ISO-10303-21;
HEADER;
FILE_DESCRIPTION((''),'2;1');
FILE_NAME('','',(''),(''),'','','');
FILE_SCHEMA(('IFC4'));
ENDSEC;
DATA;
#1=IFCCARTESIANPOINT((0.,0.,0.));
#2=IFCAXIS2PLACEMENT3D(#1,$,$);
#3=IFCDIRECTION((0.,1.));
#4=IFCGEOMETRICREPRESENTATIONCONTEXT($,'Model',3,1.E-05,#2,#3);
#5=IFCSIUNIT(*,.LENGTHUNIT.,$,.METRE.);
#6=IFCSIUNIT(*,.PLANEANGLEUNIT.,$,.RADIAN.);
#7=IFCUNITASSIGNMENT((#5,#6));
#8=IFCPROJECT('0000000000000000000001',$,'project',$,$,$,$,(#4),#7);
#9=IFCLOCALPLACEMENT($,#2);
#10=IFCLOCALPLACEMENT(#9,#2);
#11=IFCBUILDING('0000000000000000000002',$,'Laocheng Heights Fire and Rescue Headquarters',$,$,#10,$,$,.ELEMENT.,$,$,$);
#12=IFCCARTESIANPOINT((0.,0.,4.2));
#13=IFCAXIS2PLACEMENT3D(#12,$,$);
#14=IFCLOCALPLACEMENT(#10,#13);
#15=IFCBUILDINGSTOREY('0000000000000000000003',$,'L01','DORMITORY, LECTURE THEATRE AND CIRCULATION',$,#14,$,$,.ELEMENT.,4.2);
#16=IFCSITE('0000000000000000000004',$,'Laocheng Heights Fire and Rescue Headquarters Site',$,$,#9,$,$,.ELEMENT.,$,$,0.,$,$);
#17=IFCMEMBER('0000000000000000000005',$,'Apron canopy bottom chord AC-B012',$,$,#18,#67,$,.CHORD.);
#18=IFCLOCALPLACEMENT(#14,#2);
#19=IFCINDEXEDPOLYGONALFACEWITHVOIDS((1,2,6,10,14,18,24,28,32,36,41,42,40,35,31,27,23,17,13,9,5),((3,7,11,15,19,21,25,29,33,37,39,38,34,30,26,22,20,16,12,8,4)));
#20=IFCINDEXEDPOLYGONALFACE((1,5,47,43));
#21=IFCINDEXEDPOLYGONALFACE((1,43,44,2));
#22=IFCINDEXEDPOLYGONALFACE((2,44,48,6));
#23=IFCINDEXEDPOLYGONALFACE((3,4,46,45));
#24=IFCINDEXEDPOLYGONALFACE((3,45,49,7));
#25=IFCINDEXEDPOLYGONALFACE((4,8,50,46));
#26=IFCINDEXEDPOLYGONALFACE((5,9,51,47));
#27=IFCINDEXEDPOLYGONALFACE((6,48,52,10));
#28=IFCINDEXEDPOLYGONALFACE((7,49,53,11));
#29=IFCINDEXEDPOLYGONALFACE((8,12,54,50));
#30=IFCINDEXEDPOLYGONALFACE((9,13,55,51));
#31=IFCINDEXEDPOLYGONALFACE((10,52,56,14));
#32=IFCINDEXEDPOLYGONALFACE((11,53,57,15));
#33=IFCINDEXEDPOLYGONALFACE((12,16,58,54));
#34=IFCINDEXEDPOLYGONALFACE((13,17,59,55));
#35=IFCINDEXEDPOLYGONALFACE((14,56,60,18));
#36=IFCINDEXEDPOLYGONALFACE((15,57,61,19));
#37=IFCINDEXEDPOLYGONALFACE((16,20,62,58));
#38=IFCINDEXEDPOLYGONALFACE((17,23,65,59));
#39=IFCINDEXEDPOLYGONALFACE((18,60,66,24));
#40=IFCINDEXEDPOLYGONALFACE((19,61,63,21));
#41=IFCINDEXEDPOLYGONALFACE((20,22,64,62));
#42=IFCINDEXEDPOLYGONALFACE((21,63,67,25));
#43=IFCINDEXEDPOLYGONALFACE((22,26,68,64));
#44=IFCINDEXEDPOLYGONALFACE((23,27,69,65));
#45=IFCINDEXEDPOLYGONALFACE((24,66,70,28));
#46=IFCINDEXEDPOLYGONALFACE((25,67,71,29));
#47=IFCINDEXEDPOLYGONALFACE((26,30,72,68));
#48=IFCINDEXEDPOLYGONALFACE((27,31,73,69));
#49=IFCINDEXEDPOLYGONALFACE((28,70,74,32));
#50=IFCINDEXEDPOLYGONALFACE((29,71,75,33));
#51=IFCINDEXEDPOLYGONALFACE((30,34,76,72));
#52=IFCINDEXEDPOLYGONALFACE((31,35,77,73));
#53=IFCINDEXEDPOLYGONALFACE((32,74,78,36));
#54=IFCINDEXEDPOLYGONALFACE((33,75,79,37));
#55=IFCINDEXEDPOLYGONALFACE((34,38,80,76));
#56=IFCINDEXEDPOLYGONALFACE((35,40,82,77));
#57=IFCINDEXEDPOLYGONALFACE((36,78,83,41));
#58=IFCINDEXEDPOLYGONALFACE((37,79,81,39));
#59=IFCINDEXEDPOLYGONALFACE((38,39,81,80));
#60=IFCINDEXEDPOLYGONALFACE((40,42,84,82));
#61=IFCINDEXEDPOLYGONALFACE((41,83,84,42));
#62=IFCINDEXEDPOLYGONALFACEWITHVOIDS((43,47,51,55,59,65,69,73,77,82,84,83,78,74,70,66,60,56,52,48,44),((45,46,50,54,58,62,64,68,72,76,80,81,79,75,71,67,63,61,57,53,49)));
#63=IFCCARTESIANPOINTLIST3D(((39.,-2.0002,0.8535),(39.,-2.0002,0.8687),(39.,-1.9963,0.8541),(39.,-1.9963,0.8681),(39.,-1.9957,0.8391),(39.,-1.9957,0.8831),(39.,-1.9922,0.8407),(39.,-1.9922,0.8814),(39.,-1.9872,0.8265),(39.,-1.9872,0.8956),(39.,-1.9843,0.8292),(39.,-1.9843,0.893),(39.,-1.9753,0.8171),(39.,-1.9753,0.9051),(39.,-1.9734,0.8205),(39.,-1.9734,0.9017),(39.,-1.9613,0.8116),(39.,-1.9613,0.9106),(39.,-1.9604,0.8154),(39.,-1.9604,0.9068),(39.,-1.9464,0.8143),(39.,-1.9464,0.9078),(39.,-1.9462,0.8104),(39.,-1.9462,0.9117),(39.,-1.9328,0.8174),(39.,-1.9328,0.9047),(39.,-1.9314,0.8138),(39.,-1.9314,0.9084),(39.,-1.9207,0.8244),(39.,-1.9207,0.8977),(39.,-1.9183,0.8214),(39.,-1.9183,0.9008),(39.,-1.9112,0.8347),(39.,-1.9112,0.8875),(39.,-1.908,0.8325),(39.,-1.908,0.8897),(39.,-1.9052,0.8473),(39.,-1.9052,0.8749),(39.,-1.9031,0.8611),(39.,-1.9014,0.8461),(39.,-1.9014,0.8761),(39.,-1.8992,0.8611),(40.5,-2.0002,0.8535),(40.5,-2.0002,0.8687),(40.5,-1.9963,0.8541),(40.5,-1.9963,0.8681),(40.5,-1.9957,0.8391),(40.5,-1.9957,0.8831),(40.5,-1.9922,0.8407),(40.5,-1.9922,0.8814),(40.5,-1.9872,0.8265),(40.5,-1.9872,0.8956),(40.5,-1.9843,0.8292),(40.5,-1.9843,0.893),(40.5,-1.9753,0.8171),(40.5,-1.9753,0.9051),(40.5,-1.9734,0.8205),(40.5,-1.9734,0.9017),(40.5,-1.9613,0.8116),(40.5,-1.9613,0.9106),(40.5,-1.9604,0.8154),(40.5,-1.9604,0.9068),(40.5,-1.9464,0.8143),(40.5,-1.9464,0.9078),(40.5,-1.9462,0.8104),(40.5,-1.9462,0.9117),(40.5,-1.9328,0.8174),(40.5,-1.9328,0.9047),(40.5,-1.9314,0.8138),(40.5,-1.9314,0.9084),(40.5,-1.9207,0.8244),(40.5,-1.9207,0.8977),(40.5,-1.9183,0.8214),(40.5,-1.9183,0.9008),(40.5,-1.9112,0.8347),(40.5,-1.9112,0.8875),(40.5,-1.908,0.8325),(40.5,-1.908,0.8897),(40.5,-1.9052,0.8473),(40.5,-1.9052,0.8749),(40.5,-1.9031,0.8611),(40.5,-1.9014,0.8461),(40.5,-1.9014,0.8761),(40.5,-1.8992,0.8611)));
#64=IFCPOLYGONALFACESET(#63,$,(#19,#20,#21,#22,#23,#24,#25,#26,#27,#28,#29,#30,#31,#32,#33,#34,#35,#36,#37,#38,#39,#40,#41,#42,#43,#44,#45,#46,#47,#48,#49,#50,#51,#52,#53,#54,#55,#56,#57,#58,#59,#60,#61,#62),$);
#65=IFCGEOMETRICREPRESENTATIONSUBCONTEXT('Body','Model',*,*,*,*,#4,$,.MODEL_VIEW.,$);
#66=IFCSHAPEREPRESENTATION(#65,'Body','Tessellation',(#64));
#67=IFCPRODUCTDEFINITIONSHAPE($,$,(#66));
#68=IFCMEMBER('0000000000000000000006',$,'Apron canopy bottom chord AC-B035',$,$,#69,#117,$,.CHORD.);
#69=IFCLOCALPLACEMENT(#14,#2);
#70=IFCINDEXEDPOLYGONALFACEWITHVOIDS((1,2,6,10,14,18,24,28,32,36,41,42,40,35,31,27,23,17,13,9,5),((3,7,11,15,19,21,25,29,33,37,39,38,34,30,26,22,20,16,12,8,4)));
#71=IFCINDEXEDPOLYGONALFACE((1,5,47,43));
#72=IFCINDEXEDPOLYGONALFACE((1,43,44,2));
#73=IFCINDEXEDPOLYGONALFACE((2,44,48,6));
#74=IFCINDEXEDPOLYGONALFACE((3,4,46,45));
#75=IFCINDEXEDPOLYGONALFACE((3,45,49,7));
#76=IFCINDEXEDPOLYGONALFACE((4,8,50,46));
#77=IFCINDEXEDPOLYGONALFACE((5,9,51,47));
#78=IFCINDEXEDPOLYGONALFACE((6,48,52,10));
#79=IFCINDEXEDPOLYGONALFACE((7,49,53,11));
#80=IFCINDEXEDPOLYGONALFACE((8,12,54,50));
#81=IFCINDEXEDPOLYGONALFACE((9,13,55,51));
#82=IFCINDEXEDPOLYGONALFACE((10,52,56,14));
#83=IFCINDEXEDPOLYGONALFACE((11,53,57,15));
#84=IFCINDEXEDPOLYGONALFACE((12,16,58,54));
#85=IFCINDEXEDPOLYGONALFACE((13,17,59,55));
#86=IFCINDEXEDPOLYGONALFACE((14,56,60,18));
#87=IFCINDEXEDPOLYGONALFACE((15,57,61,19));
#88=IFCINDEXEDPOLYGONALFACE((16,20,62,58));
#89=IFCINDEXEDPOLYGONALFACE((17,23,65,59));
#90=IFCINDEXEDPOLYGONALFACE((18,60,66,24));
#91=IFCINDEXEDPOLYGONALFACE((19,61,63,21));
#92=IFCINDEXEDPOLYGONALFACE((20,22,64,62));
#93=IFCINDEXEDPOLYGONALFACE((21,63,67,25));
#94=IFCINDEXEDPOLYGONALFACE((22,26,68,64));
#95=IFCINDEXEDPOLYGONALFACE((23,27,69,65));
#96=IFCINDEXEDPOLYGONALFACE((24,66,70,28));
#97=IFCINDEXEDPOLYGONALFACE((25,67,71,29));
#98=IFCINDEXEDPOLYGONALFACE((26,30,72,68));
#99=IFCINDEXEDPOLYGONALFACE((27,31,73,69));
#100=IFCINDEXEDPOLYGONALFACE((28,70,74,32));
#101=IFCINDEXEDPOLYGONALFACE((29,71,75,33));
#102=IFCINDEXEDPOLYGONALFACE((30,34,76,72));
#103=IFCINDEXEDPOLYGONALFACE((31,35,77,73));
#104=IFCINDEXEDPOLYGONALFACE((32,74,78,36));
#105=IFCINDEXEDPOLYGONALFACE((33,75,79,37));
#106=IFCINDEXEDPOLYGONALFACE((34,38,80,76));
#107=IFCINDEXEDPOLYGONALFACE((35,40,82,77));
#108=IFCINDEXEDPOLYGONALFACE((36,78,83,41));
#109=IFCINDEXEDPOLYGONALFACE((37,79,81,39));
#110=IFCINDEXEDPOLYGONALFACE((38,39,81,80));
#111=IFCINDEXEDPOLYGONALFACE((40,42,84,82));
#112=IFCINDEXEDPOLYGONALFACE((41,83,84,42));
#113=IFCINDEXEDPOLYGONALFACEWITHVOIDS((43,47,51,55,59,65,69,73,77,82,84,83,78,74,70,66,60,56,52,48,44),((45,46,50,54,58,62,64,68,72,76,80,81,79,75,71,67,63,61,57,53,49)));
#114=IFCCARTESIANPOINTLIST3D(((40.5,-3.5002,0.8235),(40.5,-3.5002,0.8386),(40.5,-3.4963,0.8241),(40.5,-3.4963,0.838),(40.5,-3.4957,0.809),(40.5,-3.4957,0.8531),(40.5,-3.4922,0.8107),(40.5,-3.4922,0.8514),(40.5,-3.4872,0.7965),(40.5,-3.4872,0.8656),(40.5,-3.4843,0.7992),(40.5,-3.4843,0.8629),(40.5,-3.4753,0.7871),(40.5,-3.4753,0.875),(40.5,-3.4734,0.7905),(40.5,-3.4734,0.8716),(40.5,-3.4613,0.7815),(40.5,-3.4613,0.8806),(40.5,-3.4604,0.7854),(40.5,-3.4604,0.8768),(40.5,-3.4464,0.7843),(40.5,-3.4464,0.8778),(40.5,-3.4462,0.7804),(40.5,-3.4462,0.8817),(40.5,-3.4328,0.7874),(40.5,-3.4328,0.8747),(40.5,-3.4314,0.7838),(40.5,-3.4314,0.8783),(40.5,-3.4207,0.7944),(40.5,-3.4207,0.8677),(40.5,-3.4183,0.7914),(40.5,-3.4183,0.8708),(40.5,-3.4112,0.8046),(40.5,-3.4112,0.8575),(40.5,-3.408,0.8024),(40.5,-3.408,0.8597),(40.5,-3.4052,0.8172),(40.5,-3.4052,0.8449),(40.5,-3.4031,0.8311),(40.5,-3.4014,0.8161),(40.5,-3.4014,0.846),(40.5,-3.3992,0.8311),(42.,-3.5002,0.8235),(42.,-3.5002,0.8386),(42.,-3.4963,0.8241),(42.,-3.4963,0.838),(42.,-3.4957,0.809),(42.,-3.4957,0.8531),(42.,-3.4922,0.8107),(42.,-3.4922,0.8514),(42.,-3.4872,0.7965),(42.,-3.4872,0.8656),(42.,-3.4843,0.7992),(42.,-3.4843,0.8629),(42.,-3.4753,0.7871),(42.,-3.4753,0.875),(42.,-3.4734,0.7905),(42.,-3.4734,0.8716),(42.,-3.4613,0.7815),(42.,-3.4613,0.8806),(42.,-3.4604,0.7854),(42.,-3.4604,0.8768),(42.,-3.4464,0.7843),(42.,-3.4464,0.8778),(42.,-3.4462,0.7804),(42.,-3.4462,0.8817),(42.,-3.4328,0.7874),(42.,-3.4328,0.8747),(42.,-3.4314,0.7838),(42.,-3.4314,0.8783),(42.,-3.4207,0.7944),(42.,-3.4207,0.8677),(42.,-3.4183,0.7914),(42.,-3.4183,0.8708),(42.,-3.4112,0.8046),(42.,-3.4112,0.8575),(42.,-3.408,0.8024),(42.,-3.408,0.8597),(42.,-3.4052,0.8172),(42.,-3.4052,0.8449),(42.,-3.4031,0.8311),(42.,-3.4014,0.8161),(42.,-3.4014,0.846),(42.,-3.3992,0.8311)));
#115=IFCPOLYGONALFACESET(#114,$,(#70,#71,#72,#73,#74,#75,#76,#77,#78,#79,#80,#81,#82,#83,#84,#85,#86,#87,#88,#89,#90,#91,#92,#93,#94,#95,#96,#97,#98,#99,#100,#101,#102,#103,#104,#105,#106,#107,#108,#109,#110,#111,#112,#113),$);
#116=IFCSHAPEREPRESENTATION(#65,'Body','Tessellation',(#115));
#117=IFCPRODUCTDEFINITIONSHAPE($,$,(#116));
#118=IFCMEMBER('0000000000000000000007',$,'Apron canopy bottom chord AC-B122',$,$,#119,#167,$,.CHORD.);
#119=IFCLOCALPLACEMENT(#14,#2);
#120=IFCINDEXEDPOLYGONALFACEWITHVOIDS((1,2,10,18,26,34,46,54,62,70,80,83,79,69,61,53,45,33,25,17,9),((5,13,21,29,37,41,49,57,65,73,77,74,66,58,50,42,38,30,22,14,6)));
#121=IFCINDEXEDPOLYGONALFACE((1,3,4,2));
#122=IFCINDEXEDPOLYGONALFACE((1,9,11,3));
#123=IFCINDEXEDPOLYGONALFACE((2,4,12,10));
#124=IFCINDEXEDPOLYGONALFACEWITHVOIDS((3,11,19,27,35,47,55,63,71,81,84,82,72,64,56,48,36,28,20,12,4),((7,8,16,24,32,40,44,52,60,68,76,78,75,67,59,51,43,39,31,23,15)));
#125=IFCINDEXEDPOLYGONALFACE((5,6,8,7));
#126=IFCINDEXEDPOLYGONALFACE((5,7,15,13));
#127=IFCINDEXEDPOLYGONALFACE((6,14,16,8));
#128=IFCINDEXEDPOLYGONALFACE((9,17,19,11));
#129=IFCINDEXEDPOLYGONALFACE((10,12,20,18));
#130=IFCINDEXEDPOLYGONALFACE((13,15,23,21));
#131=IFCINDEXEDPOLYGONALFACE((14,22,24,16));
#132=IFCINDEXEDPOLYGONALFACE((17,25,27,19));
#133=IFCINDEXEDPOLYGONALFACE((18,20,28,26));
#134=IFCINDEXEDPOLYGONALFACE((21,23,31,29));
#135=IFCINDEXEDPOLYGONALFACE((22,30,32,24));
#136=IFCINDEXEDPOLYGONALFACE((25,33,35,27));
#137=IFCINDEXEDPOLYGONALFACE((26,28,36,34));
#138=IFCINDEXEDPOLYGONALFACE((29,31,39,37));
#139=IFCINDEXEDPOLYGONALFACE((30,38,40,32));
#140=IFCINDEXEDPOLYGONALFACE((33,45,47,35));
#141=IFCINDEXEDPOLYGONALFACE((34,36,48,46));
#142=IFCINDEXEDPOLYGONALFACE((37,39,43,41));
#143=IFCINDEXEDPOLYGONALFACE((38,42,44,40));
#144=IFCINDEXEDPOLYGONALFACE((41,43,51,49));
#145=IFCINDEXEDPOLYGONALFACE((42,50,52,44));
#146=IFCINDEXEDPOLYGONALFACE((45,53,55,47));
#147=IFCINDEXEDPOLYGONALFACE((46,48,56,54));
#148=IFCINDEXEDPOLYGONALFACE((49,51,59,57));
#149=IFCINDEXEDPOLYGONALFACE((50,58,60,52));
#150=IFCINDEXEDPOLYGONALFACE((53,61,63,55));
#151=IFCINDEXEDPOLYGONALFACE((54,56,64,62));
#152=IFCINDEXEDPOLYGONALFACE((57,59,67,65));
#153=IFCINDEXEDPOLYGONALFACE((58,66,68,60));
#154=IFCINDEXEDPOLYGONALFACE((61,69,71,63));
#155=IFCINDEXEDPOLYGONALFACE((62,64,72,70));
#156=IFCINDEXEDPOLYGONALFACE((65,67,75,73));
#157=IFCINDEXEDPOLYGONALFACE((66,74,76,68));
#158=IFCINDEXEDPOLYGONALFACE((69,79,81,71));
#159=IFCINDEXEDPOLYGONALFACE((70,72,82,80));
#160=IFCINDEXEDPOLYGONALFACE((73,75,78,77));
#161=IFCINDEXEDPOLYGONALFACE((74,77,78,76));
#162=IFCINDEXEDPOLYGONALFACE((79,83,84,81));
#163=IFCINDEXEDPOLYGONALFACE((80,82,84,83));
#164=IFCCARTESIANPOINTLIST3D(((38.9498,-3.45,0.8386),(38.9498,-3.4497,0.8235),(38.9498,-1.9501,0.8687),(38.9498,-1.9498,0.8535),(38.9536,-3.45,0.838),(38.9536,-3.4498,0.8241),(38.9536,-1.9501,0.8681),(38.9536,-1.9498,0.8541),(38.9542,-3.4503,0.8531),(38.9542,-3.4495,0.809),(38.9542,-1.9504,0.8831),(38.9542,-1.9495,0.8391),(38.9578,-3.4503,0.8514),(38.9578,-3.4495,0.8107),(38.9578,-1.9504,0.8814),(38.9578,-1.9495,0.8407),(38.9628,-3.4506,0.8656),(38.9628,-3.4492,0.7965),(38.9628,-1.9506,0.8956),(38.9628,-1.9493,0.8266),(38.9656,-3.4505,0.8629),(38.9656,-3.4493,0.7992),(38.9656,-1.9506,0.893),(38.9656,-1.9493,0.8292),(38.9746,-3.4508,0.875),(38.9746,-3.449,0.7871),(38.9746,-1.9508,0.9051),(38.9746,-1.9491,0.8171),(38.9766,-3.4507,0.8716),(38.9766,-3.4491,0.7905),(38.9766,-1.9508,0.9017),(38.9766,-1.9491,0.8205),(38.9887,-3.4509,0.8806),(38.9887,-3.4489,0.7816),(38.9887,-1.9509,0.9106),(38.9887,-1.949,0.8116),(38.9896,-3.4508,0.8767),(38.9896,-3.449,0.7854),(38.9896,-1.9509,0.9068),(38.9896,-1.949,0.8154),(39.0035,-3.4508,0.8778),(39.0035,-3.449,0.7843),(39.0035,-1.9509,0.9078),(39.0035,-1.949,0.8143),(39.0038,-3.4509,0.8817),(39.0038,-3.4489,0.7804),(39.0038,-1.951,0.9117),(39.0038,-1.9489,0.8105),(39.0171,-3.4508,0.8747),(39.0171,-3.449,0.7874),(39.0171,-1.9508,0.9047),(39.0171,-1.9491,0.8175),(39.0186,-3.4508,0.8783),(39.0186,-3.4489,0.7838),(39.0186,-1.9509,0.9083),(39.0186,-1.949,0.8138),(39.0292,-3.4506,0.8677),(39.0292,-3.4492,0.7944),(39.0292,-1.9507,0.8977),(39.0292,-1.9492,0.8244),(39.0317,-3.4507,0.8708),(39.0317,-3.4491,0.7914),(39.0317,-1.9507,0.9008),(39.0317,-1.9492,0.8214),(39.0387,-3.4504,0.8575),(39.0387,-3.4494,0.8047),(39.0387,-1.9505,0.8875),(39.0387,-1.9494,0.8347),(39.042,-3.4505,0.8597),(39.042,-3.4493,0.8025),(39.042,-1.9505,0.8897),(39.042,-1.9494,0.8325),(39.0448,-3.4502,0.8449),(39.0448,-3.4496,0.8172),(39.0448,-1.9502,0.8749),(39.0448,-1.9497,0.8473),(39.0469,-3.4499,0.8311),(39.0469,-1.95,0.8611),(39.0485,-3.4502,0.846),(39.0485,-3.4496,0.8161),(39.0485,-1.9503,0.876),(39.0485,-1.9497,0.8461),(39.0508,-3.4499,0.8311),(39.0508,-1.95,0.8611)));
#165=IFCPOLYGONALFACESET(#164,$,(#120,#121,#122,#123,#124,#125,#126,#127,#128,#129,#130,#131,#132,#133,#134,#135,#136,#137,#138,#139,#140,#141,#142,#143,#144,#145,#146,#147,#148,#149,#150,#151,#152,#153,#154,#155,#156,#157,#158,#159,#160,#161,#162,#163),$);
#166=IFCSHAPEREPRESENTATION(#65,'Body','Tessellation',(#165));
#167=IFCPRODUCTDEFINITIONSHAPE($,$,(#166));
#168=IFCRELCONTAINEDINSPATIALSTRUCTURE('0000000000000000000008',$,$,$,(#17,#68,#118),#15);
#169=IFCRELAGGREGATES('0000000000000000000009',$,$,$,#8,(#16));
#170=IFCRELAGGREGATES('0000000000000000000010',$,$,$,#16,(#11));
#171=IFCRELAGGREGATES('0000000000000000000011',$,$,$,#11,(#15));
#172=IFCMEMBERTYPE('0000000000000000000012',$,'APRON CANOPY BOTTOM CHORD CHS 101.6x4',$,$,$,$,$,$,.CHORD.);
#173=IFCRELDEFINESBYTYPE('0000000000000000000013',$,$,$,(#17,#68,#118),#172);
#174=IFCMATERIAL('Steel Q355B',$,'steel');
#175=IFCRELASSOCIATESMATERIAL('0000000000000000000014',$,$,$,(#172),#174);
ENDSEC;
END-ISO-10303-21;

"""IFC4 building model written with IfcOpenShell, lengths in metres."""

from ifc_helpers import new_model, si_unit, direction, frame, origin, origin_2d, place, context, subcontext, project, spatial, hollow_circle, extrude, material, material_profile, profile_set, type_object, element, save


model = new_model("IFC4")

# Units and contexts
model_context = context("Model", 3, precision=1e-05, world=origin(), true_north=direction((0.0, 1.0)))
body_context = subcontext(model_context, "Body", "Model", "MODEL_VIEW")
ifc_project = project(units=[si_unit("LENGTHUNIT", "METRE"), si_unit("PLANEANGLEUNIT", "RADIAN")], contexts=[model_context])

# Site, building, storey
site_placement = place(None, origin())
site = spatial("IfcSite", under=ifc_project, at=site_placement, Name="Laocheng Heights Fire and Rescue Headquarters Site", CompositionType="ELEMENT", RefElevation=0.0)
building_placement = place(site_placement, origin())
building = spatial("IfcBuilding", under=site, at=building_placement, Name="Laocheng Heights Fire and Rescue Headquarters", CompositionType="ELEMENT")
storey_placement = place(building_placement, frame((0.0, 0.0, 4.2)))
storey = spatial("IfcBuildingStorey", under=building, at=storey_placement, Name="L01", Description="DORMITORY, LECTURE THEATRE AND CIRCULATION", CompositionType="ELEMENT", Elevation=4.2)

# Members
ifc_material_1 = material(Name="Steel Q355B", Category="steel")
ifc_material_profile_1 = material_profile(ifc_material_1, hollow_circle(Radius=0.0508, WallThickness=0.0039, at=origin_2d()), Name="CHS 101.6x4")
ifc_profile_set_1 = profile_set([ifc_material_profile_1], Name="Steel Q355B")
member_type_1 = type_object("IfcMemberType", Name="APRON CANOPY BOTTOM CHORD CHS 101.6x4", PredefinedType="CHORD", material=ifc_profile_set_1)
for number, where, z_axis, x_axis, name in (
    (1, (39.0, -1.95, 0.8611), (1.0, 0.0, 0.0), (0.0, 1.0, 0.0), "Apron canopy bottom chord AC-B012"),
    (2, (40.5, -3.45, 0.8311), (1.0, 0.0, 0.0), (0.0, 1.0, 0.0), "Apron canopy bottom chord AC-B035"),
):
    element("IfcMember", number, at=place(storey_placement, frame(where, z_axis=z_axis, x_axis=x_axis)), inside=storey, type_object=member_type_1, Name=name, PredefinedType="CHORD", context=body_context, shape_type="SweptSolid", body=[
        extrude(hollow_circle(Radius=0.0508, WallThickness=0.0039, at=origin_2d()), origin(), (0.0, 0.0, 1.0), 1.5),
    ])
for number, where, z_axis, x_axis, name in (
    (3, (39.0, -1.95, 0.8611), (0.0, -0.9998, -0.020016), (1.0, 0.0, 0.0), "Apron canopy bottom chord AC-B122"),
):
    element("IfcMember", number, at=place(storey_placement, frame(where, z_axis=z_axis, x_axis=x_axis)), inside=storey, type_object=member_type_1, Name=name, PredefinedType="CHORD", context=body_context, shape_type="SweptSolid", body=[
        extrude(hollow_circle(Radius=0.0508, WallThickness=0.0039, at=origin_2d()), origin(), (0.0, 0.0, 1.0), 1.5002),
    ])

save(model, "model.ifc")
